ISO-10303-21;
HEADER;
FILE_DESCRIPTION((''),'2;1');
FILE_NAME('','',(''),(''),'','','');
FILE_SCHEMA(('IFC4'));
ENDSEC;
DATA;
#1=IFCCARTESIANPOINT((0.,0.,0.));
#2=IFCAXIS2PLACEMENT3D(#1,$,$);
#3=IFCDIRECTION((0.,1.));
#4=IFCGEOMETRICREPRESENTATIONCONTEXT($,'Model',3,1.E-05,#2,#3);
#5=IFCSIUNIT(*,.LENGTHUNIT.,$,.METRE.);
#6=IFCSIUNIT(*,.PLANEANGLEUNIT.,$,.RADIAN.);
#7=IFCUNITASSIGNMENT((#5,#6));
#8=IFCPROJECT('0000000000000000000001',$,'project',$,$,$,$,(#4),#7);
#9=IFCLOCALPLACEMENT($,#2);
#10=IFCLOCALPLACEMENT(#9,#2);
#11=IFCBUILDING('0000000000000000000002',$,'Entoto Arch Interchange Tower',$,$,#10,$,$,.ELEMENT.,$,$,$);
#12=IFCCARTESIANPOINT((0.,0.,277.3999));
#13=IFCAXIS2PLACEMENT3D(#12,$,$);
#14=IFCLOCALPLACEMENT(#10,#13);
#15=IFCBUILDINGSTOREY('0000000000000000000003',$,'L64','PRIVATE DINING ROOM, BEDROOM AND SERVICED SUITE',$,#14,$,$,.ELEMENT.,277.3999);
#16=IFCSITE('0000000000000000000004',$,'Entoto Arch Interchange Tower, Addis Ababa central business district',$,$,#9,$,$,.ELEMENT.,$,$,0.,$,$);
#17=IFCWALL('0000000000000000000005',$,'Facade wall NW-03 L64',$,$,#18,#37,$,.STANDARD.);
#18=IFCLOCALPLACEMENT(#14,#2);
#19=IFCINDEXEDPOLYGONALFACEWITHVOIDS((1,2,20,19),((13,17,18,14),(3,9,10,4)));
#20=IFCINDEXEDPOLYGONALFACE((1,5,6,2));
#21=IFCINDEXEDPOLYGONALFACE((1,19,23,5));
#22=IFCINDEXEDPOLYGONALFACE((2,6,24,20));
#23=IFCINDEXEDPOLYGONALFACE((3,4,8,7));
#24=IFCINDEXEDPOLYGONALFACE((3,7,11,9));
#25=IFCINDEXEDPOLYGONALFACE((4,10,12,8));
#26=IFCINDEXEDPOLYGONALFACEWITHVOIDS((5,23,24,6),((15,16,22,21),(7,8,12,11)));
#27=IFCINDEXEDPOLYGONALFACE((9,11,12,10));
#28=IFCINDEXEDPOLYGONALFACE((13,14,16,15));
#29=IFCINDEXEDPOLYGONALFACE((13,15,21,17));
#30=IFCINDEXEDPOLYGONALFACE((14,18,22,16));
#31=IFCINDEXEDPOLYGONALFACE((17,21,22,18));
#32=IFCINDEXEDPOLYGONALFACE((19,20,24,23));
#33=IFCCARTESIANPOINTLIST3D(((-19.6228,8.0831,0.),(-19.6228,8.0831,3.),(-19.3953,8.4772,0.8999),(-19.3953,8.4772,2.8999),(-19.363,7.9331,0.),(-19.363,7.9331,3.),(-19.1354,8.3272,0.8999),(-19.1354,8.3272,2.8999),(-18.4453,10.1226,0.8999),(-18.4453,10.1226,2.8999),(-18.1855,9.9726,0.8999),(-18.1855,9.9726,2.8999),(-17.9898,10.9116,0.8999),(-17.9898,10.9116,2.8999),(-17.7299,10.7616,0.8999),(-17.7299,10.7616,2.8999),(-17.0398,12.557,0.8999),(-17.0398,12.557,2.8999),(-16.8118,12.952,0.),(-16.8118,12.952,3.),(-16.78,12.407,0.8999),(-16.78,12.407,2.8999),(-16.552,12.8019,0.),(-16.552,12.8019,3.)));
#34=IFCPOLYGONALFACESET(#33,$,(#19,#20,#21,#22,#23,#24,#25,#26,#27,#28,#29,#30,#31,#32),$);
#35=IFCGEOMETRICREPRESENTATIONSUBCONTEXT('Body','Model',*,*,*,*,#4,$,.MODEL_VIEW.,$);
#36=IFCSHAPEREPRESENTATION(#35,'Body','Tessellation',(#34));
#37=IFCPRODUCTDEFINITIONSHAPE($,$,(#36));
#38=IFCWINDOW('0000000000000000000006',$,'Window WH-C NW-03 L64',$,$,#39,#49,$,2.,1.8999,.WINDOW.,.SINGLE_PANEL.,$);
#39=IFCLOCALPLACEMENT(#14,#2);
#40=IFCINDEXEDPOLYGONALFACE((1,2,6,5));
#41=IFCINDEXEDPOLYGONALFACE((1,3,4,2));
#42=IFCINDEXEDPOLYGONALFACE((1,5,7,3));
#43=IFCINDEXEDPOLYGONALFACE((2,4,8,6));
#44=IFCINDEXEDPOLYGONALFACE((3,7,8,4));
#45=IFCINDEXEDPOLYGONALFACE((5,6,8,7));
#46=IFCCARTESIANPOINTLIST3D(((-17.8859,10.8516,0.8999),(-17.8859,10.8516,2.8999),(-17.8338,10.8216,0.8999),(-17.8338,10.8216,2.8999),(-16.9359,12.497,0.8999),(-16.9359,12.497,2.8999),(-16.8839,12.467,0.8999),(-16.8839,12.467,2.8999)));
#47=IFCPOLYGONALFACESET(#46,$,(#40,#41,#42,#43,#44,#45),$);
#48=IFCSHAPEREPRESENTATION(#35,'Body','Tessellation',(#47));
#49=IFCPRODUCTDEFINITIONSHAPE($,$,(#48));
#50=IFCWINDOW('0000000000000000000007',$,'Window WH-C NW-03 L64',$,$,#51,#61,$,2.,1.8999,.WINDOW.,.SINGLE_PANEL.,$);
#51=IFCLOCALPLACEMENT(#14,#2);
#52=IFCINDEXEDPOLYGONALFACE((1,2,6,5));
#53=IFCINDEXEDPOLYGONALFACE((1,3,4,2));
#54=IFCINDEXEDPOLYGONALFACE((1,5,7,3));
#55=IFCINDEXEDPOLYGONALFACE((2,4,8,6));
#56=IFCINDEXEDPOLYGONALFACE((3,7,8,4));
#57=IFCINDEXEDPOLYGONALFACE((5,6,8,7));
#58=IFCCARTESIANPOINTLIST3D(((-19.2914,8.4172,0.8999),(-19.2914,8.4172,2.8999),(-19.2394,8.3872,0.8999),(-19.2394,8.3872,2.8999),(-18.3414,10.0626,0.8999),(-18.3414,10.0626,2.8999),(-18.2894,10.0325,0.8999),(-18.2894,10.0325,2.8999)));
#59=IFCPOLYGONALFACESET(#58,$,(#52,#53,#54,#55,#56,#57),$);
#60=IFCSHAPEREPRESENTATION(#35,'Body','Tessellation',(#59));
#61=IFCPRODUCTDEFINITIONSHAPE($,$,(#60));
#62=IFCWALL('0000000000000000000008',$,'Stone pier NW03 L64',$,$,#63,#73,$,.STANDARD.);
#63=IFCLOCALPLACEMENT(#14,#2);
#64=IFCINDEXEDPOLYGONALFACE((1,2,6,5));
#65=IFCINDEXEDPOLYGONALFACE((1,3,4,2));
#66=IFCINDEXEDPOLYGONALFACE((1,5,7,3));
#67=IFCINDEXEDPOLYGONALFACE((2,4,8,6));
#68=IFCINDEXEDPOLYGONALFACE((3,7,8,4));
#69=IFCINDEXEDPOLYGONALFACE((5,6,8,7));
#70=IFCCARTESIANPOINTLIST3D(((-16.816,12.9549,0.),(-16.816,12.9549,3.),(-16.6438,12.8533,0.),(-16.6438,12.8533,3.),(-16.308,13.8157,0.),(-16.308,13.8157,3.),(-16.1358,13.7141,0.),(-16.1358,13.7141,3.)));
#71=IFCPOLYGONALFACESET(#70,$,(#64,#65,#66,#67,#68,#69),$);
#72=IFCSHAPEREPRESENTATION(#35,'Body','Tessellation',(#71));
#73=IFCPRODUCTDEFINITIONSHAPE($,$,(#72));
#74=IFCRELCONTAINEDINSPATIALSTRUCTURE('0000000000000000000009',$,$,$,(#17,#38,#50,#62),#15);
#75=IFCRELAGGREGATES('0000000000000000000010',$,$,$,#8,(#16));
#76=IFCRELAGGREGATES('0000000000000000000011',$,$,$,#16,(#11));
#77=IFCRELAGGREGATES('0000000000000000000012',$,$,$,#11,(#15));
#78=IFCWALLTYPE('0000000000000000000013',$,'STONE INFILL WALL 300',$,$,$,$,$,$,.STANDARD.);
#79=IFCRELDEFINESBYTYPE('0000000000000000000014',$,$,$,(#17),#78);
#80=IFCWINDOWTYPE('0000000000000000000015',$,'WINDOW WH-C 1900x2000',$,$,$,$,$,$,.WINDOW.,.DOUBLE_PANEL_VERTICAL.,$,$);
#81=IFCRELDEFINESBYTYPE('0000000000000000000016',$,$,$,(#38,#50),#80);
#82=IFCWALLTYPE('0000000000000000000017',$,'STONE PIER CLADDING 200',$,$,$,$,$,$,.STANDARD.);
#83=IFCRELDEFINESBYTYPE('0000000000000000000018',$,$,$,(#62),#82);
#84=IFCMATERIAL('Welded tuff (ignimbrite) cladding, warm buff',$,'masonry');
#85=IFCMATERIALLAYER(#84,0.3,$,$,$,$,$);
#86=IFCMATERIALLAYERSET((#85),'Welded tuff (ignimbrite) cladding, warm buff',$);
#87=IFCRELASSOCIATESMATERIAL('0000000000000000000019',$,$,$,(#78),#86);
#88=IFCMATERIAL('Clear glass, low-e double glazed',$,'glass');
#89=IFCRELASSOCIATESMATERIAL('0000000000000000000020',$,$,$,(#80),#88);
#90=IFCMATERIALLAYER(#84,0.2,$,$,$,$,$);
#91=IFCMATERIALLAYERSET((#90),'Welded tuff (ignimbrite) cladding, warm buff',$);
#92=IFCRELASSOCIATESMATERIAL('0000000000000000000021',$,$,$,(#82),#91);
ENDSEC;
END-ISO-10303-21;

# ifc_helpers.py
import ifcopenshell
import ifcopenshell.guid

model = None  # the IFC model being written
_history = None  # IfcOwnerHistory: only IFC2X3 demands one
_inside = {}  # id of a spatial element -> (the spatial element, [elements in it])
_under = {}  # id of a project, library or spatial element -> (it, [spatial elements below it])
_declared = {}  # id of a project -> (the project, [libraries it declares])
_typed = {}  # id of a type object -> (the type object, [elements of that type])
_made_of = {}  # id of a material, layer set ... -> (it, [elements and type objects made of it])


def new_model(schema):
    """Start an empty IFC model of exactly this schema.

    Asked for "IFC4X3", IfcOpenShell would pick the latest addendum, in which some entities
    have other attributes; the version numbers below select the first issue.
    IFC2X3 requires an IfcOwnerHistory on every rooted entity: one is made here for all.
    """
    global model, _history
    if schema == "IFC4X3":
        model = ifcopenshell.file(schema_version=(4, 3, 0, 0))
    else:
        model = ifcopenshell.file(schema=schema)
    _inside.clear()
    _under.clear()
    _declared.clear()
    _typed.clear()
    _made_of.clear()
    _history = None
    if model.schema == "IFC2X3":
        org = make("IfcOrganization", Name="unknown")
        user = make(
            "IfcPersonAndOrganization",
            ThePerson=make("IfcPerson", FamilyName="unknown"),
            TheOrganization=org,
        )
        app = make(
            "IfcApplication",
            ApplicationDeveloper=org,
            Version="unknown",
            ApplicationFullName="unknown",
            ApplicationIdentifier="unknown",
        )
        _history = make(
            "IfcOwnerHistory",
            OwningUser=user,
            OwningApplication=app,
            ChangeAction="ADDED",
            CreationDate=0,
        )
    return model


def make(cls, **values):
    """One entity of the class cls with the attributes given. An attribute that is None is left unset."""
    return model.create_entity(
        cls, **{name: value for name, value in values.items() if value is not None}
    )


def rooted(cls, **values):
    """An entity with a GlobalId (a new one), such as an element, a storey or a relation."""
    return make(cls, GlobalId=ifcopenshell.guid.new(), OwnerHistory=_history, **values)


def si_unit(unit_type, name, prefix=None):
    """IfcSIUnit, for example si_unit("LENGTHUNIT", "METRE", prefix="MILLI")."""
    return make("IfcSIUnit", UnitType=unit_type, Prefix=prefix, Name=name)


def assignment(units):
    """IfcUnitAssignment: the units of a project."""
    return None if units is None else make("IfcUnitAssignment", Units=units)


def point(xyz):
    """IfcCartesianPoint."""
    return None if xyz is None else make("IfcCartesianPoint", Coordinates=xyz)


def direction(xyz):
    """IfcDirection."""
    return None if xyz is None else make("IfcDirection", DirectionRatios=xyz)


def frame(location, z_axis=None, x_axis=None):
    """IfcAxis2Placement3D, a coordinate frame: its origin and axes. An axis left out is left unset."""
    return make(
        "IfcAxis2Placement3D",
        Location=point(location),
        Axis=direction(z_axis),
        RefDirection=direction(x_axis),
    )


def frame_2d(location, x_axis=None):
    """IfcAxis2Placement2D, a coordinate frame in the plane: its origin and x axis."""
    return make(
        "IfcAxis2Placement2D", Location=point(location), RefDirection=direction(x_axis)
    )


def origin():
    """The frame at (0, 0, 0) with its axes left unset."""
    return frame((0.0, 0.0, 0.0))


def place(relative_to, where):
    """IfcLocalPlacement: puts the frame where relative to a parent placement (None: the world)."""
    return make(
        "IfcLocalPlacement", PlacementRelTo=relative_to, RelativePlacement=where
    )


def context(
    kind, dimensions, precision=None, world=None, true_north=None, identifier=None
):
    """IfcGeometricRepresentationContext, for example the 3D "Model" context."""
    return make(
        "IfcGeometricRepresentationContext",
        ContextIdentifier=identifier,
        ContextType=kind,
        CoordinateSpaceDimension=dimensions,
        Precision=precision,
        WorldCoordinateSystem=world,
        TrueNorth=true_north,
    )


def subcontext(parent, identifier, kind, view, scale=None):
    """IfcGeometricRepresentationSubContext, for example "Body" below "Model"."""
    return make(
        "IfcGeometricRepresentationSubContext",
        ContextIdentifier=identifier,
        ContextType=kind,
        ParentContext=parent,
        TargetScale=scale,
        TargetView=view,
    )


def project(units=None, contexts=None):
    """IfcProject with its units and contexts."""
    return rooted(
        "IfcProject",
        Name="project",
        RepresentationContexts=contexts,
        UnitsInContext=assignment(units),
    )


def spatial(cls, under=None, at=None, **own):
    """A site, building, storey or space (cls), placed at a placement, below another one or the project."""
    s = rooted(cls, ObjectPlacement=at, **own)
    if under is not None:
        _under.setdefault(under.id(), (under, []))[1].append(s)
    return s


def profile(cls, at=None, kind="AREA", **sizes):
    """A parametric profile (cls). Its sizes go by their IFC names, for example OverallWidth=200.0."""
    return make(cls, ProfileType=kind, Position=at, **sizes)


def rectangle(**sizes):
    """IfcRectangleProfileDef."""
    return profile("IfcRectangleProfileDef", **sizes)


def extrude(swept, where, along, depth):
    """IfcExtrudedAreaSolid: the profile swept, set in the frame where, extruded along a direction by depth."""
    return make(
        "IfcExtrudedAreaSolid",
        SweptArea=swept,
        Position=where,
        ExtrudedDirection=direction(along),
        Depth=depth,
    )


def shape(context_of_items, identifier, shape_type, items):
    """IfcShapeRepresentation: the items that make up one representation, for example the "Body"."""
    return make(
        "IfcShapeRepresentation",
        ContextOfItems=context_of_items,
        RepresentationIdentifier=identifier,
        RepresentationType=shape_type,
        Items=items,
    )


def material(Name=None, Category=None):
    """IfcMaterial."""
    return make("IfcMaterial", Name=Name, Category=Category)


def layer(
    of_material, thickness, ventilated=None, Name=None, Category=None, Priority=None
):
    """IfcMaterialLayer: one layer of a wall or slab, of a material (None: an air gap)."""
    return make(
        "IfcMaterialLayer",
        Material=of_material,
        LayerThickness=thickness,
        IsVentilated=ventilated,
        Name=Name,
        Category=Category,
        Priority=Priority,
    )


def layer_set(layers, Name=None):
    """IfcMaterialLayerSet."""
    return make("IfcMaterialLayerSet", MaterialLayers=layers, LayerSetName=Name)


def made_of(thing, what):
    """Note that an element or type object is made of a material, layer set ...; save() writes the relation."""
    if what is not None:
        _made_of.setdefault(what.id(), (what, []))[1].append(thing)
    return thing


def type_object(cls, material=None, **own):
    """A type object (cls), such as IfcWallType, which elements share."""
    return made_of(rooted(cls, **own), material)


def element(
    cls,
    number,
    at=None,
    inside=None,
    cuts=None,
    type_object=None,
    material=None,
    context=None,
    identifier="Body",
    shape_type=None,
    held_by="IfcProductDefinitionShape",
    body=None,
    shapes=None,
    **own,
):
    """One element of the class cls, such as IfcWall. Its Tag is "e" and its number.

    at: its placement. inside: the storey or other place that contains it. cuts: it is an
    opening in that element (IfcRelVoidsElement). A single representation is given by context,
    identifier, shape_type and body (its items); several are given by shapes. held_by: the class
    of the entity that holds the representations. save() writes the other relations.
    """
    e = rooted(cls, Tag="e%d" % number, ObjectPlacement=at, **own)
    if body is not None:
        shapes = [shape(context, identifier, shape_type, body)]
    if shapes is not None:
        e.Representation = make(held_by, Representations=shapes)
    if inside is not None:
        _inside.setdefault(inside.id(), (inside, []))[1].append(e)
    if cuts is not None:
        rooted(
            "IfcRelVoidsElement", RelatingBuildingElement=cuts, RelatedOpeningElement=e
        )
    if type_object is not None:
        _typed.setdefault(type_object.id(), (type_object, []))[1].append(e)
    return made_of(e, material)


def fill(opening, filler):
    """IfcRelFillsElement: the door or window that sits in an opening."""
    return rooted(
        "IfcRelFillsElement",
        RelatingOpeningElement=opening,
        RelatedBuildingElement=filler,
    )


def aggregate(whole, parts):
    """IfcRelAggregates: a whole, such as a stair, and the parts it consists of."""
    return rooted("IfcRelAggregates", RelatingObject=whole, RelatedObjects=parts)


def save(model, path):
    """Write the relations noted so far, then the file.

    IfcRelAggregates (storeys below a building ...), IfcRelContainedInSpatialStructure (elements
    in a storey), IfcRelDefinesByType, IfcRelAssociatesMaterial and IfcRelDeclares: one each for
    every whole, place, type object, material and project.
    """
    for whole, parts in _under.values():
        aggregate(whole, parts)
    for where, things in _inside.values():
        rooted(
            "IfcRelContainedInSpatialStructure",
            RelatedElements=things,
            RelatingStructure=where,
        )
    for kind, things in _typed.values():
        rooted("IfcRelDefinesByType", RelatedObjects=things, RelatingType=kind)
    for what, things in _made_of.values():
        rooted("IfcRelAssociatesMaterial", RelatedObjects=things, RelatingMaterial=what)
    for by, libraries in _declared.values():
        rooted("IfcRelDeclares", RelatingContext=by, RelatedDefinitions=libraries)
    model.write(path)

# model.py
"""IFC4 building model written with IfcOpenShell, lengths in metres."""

from ifc_helpers import new_model, si_unit, direction, frame, frame_2d, origin, place, context, subcontext, project, spatial, rectangle, extrude, material, layer, layer_set, type_object, element, fill, save


model = new_model("IFC4")

# Units and contexts
model_context = context("Model", 3, precision=1e-05, world=origin(), true_north=direction((0.0, 1.0)))
body_context = subcontext(model_context, "Body", "Model", "MODEL_VIEW")
ifc_project = project(units=[si_unit("LENGTHUNIT", "METRE"), si_unit("PLANEANGLEUNIT", "RADIAN")], contexts=[model_context])

# Site, building, storey
site_placement = place(None, origin())
site = spatial("IfcSite", under=ifc_project, at=site_placement, Name="Entoto Arch Interchange Tower, Addis Ababa central business district", CompositionType="ELEMENT", RefElevation=0.0)
building_placement = place(site_placement, origin())
building = spatial("IfcBuilding", under=site, at=building_placement, Name="Entoto Arch Interchange Tower", CompositionType="ELEMENT")
storey_placement = place(building_placement, frame((0.0, 0.0, 277.3999)))
storey = spatial("IfcBuildingStorey", under=building, at=storey_placement, Name="L64", Description="PRIVATE DINING ROOM, BEDROOM AND SERVICED SUITE", CompositionType="ELEMENT", Elevation=277.3999)

# Wall, openings, windows
ifc_material_1 = material(Name="Welded tuff (ignimbrite) cladding, warm buff", Category="masonry")
ifc_layer_1 = layer(ifc_material_1, 0.3)
ifc_layer_set_1 = layer_set([ifc_layer_1], Name="Welded tuff (ignimbrite) cladding, warm buff")
wall_type_1 = type_object("IfcWallType", Name="STONE INFILL WALL 300", PredefinedType="STANDARD", material=ifc_layer_set_1)
ifc_material_2 = material(Name="Clear glass, low-e double glazed", Category="glass")
window_type = type_object("IfcWindowType", Name="WINDOW WH-C 1900x2000", PartitioningType="DOUBLE_PANEL_VERTICAL", PredefinedType="WINDOW", material=ifc_material_2)
wall_1_placement = place(storey_placement, frame((-16.6819, 12.877, 0.0), z_axis=(0.0, 0.0, 1.0), x_axis=(-0.499997, -0.866027, 0.0)))
wall_1 = element("IfcWall", 1, at=wall_1_placement, inside=storey, type_object=wall_type_1, Name="Facade wall NW-03 L64", PredefinedType="STANDARD", context=body_context, shape_type="SweptSolid", body=[
    extrude(rectangle(XDim=5.6221, YDim=0.3, at=frame_2d((2.811, 0.0))), origin(), (0.0, 0.0, 1.0), 3.0),
])
opening_1_placement = place(wall_1_placement, frame((0.4561, 0.0, 0.8999)))
opening_1 = element("IfcOpeningElement", 2, at=opening_1_placement, cuts=wall_1, PredefinedType="OPENING", context=body_context, shape_type="SweptSolid", body=[
    extrude(rectangle(XDim=1.8999, YDim=2.0, at=frame_2d((0.95, 1.0))), frame((0.0, 0.1602, 0.0), z_axis=(0.0, -1.0, 0.0), x_axis=(1.0, 0.0, 0.0)), (0.0, 0.0, 1.0), 0.3201),
])
opening_2_placement = place(wall_1_placement, frame((3.2671, 0.0, 0.8999)))
opening_2 = element("IfcOpeningElement", 3, at=opening_2_placement, cuts=wall_1, PredefinedType="OPENING", context=body_context, shape_type="SweptSolid", body=[
    extrude(rectangle(XDim=1.8999, YDim=2.0, at=frame_2d((0.95, 1.0))), frame((0.0, 0.1602, 0.0), z_axis=(0.0, -1.0, 0.0), x_axis=(1.0, 0.0, 0.0)), (0.0, 0.0, 1.0), 0.3201),
])
window_1_placement = place(opening_1_placement, origin())
window_1 = element("IfcWindow", 4, at=window_1_placement, inside=storey, type_object=window_type, Name="Window WH-C NW-03 L64", OverallHeight=2.0, OverallWidth=1.8999, PartitioningType="SINGLE_PANEL", PredefinedType="WINDOW", context=body_context, shape_type="SweptSolid", body=[
    extrude(rectangle(XDim=1.8999, YDim=2.0, at=frame_2d((0.95, 1.0))), frame((0.0, 0.03, 0.0), z_axis=(0.0, -1.0, 0.0), x_axis=(1.0, 0.0, 0.0)), (0.0, 0.0, 1.0), 0.0601),
])
fill(opening_1, window_1)
window_2_placement = place(opening_2_placement, origin())
window_2 = element("IfcWindow", 5, at=window_2_placement, inside=storey, type_object=window_type, Name="Window WH-C NW-03 L64", OverallHeight=2.0, OverallWidth=1.8999, PartitioningType="SINGLE_PANEL", PredefinedType="WINDOW", context=body_context, shape_type="SweptSolid", body=[
    extrude(rectangle(XDim=1.8999, YDim=2.0, at=frame_2d((0.95, 1.0))), frame((0.0, 0.03, 0.0), z_axis=(0.0, -1.0, 0.0), x_axis=(1.0, 0.0, 0.0)), (0.0, 0.0, 1.0), 0.0601),
])
fill(opening_2, window_2)

# Wall
ifc_layer_2 = layer(ifc_material_1, 0.2)
ifc_layer_set_2 = layer_set([ifc_layer_2], Name="Welded tuff (ignimbrite) cladding, warm buff")
wall_type_2 = type_object("IfcWallType", Name="STONE PIER CLADDING 200", PredefinedType="STANDARD", material=ifc_layer_set_2)
wall_2_placement = place(storey_placement, frame((-16.2219, 13.7649, 0.0), z_axis=(0.0, 0.0, 1.0), x_axis=(-0.508268, -0.861199, 0.0)))
element("IfcWall", 6, at=wall_2_placement, inside=storey, type_object=wall_type_2, Name="Stone pier NW03 L64", PredefinedType="STANDARD", context=body_context, shape_type="SweptSolid", body=[
    extrude(rectangle(XDim=0.9995, YDim=0.2, at=frame_2d((0.4998, 0.0))), origin(), (0.0, 0.0, 1.0), 3.0),
])

save(model, "model.ifc")
